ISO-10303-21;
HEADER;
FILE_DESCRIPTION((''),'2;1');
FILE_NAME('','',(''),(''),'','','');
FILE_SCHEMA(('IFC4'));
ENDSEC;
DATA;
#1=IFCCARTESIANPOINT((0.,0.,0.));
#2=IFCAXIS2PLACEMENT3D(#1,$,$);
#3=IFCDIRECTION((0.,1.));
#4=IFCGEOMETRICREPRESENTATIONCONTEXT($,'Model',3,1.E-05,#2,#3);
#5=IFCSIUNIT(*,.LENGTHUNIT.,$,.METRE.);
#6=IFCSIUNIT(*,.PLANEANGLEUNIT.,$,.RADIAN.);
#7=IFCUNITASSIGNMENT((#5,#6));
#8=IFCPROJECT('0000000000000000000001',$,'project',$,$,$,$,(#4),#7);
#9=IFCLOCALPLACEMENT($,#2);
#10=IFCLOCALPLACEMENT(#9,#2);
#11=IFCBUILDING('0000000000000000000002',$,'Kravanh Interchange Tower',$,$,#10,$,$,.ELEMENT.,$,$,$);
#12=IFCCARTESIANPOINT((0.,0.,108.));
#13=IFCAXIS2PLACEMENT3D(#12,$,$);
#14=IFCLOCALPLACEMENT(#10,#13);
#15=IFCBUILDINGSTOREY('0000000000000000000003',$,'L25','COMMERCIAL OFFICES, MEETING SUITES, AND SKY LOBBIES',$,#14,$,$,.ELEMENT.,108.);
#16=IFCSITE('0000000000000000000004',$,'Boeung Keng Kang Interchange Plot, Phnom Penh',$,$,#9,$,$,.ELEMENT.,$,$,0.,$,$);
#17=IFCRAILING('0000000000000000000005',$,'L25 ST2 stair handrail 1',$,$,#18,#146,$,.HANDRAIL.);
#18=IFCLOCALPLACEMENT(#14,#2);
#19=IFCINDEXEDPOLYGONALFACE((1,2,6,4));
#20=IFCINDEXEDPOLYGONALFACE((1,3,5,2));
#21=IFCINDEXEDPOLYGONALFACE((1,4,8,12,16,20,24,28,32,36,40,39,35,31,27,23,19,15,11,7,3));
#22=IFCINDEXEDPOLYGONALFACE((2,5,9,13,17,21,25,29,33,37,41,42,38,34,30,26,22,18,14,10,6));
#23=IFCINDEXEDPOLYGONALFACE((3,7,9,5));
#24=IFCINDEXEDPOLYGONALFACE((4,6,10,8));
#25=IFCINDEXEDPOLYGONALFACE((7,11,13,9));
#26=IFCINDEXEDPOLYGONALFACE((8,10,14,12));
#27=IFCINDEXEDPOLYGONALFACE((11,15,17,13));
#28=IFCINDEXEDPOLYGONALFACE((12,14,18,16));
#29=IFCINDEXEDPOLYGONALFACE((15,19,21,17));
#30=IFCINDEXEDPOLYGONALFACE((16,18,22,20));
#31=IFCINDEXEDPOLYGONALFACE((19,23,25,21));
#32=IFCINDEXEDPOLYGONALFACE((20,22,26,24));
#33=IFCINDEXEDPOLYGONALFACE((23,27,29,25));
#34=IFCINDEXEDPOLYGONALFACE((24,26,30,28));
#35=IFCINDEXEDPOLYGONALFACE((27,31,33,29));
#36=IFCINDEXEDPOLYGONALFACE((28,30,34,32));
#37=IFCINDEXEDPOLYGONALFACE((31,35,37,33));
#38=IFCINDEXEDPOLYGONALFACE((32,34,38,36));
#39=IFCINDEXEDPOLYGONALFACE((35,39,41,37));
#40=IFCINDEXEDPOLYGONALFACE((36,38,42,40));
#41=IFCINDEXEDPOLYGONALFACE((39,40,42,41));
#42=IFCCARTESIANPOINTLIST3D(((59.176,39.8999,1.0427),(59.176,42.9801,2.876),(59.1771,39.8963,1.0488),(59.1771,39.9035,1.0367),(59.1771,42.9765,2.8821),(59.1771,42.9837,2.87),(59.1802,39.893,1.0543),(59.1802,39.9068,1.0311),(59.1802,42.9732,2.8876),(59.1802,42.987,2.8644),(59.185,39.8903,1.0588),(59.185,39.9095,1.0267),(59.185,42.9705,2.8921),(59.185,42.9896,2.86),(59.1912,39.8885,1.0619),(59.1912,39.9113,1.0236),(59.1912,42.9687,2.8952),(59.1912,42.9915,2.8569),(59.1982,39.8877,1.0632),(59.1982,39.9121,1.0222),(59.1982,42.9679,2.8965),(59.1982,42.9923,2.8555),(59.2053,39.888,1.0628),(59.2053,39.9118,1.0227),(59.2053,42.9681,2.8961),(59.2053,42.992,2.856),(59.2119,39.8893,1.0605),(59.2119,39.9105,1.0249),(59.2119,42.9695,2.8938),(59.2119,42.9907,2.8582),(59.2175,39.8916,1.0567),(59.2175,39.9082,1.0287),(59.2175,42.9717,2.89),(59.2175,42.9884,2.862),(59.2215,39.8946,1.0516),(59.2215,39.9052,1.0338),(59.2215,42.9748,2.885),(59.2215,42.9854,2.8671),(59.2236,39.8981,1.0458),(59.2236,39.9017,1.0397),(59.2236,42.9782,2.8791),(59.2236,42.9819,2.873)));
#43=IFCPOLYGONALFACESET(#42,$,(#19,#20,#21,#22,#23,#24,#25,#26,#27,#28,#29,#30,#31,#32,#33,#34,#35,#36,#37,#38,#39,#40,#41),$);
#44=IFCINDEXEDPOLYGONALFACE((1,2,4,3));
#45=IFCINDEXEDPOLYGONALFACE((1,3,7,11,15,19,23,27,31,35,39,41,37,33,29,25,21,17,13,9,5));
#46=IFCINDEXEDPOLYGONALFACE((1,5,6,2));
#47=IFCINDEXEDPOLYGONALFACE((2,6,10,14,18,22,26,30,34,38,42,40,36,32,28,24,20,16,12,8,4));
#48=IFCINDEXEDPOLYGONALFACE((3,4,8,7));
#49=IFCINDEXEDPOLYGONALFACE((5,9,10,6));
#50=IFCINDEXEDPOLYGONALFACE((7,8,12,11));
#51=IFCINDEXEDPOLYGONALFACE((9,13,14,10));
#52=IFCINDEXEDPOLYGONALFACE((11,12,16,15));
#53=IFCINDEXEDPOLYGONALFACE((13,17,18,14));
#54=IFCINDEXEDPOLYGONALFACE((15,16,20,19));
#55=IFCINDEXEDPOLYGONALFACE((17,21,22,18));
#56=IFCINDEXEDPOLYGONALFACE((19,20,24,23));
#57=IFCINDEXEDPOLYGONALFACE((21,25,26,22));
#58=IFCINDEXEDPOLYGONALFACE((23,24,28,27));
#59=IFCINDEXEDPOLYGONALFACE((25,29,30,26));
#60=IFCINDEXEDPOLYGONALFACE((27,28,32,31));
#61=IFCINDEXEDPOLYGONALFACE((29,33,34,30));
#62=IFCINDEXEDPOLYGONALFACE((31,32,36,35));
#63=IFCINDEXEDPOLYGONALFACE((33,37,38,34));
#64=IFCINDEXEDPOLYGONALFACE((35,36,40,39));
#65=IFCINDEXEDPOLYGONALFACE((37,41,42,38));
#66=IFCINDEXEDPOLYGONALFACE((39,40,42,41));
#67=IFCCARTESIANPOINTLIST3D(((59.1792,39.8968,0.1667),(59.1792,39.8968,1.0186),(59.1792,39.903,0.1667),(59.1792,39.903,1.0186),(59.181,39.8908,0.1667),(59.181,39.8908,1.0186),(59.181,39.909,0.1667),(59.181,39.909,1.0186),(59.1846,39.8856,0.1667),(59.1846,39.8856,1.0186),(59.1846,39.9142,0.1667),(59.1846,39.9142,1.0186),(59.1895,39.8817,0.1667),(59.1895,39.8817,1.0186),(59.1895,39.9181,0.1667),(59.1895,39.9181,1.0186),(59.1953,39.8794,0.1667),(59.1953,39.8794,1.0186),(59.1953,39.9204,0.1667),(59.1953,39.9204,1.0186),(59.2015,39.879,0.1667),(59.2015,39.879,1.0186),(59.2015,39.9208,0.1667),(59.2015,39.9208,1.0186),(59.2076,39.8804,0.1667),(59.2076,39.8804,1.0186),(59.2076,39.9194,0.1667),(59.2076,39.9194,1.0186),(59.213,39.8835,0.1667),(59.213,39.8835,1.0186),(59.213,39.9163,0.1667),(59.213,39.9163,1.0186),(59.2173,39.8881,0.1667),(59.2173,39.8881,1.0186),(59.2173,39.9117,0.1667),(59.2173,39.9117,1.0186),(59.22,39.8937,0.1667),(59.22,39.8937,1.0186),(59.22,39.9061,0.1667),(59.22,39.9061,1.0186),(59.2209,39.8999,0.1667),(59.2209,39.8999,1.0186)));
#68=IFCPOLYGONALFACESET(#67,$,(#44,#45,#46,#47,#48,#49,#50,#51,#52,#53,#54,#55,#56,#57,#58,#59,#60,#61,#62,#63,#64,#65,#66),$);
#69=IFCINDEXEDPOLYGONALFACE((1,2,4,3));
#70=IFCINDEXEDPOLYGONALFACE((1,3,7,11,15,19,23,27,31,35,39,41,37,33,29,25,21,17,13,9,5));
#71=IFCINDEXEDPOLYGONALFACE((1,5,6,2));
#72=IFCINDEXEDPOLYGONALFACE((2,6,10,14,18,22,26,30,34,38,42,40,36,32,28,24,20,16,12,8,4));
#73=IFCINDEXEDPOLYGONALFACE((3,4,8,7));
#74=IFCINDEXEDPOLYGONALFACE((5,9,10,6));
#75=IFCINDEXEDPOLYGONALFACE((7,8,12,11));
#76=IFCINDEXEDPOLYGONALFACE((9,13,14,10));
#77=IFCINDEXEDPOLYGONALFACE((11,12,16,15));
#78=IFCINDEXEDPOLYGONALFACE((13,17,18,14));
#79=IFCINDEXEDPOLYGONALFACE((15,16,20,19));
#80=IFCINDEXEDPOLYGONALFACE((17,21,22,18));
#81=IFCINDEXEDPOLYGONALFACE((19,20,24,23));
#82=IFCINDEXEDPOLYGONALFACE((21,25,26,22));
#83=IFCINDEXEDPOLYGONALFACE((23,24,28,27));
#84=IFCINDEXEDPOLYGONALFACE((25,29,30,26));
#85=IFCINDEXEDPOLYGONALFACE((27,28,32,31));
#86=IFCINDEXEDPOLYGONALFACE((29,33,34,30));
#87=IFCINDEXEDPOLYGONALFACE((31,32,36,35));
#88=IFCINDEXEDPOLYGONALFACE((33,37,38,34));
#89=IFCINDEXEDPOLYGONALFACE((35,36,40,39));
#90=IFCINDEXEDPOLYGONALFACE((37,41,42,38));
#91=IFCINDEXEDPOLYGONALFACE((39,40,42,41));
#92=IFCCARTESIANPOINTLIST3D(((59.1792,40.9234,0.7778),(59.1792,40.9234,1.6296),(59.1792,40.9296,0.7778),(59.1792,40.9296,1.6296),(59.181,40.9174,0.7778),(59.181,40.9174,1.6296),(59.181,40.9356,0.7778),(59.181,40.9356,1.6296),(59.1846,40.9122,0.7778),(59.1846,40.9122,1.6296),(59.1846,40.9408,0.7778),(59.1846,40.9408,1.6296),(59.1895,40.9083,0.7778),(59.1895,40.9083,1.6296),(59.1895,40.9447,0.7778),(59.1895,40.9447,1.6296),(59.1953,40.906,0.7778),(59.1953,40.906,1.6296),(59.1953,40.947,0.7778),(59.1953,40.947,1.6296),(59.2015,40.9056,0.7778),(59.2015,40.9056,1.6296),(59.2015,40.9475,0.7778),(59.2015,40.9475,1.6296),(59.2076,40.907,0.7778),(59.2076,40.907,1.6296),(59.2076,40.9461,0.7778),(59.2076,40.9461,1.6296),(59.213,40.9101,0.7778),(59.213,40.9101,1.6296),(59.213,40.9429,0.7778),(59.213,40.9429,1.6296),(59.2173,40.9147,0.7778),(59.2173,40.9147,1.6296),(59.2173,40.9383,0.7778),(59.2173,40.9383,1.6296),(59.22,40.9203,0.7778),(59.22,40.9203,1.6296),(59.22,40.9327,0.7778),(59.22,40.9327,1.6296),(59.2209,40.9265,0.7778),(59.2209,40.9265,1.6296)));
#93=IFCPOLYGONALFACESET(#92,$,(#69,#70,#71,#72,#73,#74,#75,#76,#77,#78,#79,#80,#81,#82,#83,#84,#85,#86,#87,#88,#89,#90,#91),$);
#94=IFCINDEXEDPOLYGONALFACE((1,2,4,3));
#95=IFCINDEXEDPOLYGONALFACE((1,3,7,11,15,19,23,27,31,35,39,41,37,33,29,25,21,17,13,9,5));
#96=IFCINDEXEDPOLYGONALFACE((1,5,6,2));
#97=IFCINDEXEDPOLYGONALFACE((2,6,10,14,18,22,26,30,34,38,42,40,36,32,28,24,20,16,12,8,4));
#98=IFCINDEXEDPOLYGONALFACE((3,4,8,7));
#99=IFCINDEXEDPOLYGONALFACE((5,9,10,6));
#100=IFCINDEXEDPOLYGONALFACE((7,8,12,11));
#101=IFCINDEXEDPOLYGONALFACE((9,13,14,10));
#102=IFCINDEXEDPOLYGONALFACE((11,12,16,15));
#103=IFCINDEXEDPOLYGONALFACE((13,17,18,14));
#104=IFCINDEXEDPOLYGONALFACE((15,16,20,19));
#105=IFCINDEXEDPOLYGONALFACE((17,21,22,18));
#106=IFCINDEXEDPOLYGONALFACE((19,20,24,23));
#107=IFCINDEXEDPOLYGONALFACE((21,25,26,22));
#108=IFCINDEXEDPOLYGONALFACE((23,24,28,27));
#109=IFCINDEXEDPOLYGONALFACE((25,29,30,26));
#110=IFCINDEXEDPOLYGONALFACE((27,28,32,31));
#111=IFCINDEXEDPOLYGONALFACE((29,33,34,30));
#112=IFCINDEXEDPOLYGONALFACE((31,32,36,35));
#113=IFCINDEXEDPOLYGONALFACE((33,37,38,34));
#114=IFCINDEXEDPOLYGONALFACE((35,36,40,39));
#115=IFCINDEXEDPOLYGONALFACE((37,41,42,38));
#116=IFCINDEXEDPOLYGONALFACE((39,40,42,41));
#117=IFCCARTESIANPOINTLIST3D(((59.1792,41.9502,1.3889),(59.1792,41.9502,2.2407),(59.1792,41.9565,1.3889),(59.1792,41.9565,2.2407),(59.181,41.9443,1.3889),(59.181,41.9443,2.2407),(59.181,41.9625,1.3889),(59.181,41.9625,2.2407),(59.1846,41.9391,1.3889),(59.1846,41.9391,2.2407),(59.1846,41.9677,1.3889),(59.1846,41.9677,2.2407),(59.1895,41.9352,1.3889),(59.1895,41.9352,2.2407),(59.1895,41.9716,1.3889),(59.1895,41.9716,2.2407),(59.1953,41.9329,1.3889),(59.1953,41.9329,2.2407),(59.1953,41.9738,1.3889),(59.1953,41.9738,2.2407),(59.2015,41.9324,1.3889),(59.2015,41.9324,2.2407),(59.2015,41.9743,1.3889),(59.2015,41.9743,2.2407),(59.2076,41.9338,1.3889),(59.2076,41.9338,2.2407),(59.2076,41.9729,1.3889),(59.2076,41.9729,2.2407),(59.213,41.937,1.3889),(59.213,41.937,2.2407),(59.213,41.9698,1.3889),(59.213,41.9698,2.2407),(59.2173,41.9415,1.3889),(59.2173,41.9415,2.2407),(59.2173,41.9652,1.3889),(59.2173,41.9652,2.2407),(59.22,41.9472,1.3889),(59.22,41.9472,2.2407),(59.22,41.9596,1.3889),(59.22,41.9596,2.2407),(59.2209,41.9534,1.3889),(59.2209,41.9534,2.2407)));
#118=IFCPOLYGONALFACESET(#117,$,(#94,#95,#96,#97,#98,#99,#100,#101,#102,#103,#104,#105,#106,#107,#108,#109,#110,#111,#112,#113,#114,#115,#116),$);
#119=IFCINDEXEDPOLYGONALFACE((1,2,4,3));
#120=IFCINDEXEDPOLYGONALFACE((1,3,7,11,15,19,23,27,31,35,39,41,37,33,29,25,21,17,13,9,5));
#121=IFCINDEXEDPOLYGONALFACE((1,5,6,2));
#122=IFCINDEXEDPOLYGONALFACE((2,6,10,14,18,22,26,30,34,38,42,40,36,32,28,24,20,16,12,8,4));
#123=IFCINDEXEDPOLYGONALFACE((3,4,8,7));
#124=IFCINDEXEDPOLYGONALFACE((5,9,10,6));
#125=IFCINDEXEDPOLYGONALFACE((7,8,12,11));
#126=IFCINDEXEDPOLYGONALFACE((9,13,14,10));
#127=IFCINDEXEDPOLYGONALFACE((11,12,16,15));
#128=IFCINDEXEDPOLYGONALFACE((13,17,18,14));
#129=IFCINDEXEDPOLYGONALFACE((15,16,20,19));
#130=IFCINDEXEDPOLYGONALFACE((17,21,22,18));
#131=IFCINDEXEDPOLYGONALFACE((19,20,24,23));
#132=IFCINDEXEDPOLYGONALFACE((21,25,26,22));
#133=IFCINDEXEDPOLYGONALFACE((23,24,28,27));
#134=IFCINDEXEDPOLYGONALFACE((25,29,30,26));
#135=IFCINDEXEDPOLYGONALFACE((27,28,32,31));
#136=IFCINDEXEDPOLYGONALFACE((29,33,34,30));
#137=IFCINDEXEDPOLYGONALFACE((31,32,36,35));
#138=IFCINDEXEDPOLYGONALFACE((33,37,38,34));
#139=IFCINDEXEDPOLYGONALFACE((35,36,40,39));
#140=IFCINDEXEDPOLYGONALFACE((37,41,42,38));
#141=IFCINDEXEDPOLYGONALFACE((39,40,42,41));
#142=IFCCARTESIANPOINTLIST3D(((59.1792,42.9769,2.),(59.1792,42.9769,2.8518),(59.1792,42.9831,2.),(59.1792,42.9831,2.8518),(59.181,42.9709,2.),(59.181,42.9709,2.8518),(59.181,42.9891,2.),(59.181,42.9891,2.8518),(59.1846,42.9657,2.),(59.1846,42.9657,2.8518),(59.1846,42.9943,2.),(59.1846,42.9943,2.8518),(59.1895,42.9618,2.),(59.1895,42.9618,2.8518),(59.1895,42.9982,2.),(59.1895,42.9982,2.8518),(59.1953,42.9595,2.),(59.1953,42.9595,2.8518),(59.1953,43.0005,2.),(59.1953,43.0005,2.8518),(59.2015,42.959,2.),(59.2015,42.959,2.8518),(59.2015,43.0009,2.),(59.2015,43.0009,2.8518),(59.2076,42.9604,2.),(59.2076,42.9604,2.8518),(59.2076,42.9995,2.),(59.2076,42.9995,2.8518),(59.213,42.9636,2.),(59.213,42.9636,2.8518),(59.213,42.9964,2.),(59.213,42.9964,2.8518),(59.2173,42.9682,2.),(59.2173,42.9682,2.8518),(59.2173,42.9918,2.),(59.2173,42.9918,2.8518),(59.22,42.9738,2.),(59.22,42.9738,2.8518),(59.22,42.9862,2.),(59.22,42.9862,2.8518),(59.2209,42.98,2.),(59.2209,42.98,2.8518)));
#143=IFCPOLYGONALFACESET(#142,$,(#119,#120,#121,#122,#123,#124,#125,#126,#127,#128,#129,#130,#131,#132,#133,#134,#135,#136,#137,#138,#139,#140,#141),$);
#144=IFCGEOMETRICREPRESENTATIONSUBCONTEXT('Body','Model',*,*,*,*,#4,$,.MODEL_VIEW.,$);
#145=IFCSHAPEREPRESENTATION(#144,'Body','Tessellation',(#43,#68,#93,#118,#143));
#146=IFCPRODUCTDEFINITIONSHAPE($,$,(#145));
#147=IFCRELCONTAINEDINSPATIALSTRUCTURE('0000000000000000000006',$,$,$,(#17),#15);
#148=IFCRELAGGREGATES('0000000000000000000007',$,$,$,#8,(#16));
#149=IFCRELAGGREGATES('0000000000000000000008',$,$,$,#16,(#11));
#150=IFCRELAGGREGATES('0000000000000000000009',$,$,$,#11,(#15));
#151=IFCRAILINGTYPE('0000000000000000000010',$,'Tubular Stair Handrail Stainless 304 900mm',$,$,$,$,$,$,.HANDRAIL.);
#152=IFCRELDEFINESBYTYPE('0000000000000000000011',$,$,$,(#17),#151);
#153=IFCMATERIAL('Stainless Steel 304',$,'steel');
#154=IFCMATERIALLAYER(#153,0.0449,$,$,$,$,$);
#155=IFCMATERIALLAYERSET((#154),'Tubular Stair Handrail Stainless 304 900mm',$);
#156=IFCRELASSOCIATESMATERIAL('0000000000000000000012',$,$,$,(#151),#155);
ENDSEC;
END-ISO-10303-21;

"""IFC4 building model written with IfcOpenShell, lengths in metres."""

from ifc_helpers import new_model, si_unit, direction, frame, origin, origin_2d, place, context, subcontext, project, spatial, circle, extrude, material, layer, layer_set, type_object, element, save


model = new_model("IFC4")

# Units and contexts
model_context = context("Model", 3, precision=1e-05, world=origin(), true_north=direction((0.0, 1.0)))
body_context = subcontext(model_context, "Body", "Model", "MODEL_VIEW")
ifc_project = project(units=[si_unit("LENGTHUNIT", "METRE"), si_unit("PLANEANGLEUNIT", "RADIAN")], contexts=[model_context])

# Site, building, storey
site_placement = place(None, origin())
site = spatial("IfcSite", under=ifc_project, at=site_placement, Name="Boeung Keng Kang Interchange Plot, Phnom Penh", CompositionType="ELEMENT", RefElevation=0.0)
building_placement = place(site_placement, origin())
building = spatial("IfcBuilding", under=site, at=building_placement, Name="Kravanh Interchange Tower", CompositionType="ELEMENT")
storey_placement = place(building_placement, frame((0.0, 0.0, 108.0)))
storey = spatial("IfcBuildingStorey", under=building, at=storey_placement, Name="L25", Description="COMMERCIAL OFFICES, MEETING SUITES, AND SKY LOBBIES", CompositionType="ELEMENT", Elevation=108.0)

# Railing
ifc_material_1 = material(Name="Stainless Steel 304", Category="steel")
ifc_layer_1 = layer(ifc_material_1, 0.0449)
ifc_layer_set_1 = layer_set([ifc_layer_1], Name="Tubular Stair Handrail Stainless 304 900mm")
railing_type_1 = type_object("IfcRailingType", Name="Tubular Stair Handrail Stainless 304 900mm", PredefinedType="HANDRAIL", material=ifc_layer_set_1)
railing_1_placement = place(storey_placement, frame((59.2, 39.8999, 0.1667)))
element("IfcRailing", 1, at=railing_1_placement, inside=storey, type_object=railing_type_1, Name="L25 ST2 stair handrail 1", PredefinedType="HANDRAIL", context=body_context, shape_type="SweptSolid", body=[
    extrude(circle(Radius=0.0239, at=origin_2d()), frame((0.0, 0.0, 0.876), z_axis=(0.0, 0.859309, 0.511458), x_axis=(-1.0, 0.0, 0.0)), (0.0, 0.0, 1.0), 3.5845),
    extrude(circle(Radius=0.021, at=origin_2d()), origin(), (0.0, 0.0, 1.0), 0.8518),
    extrude(circle(Radius=0.021, at=origin_2d()), frame((0.0, 1.0266, 0.6111)), (0.0, 0.0, 1.0), 0.8518),
    extrude(circle(Radius=0.021, at=origin_2d()), frame((0.0, 2.0535, 1.2222)), (0.0, 0.0, 1.0), 0.8518),
    extrude(circle(Radius=0.021, at=origin_2d()), frame((0.0, 3.0801, 1.8333)), (0.0, 0.0, 1.0), 0.8518),
])

save(model, "model.ifc")
